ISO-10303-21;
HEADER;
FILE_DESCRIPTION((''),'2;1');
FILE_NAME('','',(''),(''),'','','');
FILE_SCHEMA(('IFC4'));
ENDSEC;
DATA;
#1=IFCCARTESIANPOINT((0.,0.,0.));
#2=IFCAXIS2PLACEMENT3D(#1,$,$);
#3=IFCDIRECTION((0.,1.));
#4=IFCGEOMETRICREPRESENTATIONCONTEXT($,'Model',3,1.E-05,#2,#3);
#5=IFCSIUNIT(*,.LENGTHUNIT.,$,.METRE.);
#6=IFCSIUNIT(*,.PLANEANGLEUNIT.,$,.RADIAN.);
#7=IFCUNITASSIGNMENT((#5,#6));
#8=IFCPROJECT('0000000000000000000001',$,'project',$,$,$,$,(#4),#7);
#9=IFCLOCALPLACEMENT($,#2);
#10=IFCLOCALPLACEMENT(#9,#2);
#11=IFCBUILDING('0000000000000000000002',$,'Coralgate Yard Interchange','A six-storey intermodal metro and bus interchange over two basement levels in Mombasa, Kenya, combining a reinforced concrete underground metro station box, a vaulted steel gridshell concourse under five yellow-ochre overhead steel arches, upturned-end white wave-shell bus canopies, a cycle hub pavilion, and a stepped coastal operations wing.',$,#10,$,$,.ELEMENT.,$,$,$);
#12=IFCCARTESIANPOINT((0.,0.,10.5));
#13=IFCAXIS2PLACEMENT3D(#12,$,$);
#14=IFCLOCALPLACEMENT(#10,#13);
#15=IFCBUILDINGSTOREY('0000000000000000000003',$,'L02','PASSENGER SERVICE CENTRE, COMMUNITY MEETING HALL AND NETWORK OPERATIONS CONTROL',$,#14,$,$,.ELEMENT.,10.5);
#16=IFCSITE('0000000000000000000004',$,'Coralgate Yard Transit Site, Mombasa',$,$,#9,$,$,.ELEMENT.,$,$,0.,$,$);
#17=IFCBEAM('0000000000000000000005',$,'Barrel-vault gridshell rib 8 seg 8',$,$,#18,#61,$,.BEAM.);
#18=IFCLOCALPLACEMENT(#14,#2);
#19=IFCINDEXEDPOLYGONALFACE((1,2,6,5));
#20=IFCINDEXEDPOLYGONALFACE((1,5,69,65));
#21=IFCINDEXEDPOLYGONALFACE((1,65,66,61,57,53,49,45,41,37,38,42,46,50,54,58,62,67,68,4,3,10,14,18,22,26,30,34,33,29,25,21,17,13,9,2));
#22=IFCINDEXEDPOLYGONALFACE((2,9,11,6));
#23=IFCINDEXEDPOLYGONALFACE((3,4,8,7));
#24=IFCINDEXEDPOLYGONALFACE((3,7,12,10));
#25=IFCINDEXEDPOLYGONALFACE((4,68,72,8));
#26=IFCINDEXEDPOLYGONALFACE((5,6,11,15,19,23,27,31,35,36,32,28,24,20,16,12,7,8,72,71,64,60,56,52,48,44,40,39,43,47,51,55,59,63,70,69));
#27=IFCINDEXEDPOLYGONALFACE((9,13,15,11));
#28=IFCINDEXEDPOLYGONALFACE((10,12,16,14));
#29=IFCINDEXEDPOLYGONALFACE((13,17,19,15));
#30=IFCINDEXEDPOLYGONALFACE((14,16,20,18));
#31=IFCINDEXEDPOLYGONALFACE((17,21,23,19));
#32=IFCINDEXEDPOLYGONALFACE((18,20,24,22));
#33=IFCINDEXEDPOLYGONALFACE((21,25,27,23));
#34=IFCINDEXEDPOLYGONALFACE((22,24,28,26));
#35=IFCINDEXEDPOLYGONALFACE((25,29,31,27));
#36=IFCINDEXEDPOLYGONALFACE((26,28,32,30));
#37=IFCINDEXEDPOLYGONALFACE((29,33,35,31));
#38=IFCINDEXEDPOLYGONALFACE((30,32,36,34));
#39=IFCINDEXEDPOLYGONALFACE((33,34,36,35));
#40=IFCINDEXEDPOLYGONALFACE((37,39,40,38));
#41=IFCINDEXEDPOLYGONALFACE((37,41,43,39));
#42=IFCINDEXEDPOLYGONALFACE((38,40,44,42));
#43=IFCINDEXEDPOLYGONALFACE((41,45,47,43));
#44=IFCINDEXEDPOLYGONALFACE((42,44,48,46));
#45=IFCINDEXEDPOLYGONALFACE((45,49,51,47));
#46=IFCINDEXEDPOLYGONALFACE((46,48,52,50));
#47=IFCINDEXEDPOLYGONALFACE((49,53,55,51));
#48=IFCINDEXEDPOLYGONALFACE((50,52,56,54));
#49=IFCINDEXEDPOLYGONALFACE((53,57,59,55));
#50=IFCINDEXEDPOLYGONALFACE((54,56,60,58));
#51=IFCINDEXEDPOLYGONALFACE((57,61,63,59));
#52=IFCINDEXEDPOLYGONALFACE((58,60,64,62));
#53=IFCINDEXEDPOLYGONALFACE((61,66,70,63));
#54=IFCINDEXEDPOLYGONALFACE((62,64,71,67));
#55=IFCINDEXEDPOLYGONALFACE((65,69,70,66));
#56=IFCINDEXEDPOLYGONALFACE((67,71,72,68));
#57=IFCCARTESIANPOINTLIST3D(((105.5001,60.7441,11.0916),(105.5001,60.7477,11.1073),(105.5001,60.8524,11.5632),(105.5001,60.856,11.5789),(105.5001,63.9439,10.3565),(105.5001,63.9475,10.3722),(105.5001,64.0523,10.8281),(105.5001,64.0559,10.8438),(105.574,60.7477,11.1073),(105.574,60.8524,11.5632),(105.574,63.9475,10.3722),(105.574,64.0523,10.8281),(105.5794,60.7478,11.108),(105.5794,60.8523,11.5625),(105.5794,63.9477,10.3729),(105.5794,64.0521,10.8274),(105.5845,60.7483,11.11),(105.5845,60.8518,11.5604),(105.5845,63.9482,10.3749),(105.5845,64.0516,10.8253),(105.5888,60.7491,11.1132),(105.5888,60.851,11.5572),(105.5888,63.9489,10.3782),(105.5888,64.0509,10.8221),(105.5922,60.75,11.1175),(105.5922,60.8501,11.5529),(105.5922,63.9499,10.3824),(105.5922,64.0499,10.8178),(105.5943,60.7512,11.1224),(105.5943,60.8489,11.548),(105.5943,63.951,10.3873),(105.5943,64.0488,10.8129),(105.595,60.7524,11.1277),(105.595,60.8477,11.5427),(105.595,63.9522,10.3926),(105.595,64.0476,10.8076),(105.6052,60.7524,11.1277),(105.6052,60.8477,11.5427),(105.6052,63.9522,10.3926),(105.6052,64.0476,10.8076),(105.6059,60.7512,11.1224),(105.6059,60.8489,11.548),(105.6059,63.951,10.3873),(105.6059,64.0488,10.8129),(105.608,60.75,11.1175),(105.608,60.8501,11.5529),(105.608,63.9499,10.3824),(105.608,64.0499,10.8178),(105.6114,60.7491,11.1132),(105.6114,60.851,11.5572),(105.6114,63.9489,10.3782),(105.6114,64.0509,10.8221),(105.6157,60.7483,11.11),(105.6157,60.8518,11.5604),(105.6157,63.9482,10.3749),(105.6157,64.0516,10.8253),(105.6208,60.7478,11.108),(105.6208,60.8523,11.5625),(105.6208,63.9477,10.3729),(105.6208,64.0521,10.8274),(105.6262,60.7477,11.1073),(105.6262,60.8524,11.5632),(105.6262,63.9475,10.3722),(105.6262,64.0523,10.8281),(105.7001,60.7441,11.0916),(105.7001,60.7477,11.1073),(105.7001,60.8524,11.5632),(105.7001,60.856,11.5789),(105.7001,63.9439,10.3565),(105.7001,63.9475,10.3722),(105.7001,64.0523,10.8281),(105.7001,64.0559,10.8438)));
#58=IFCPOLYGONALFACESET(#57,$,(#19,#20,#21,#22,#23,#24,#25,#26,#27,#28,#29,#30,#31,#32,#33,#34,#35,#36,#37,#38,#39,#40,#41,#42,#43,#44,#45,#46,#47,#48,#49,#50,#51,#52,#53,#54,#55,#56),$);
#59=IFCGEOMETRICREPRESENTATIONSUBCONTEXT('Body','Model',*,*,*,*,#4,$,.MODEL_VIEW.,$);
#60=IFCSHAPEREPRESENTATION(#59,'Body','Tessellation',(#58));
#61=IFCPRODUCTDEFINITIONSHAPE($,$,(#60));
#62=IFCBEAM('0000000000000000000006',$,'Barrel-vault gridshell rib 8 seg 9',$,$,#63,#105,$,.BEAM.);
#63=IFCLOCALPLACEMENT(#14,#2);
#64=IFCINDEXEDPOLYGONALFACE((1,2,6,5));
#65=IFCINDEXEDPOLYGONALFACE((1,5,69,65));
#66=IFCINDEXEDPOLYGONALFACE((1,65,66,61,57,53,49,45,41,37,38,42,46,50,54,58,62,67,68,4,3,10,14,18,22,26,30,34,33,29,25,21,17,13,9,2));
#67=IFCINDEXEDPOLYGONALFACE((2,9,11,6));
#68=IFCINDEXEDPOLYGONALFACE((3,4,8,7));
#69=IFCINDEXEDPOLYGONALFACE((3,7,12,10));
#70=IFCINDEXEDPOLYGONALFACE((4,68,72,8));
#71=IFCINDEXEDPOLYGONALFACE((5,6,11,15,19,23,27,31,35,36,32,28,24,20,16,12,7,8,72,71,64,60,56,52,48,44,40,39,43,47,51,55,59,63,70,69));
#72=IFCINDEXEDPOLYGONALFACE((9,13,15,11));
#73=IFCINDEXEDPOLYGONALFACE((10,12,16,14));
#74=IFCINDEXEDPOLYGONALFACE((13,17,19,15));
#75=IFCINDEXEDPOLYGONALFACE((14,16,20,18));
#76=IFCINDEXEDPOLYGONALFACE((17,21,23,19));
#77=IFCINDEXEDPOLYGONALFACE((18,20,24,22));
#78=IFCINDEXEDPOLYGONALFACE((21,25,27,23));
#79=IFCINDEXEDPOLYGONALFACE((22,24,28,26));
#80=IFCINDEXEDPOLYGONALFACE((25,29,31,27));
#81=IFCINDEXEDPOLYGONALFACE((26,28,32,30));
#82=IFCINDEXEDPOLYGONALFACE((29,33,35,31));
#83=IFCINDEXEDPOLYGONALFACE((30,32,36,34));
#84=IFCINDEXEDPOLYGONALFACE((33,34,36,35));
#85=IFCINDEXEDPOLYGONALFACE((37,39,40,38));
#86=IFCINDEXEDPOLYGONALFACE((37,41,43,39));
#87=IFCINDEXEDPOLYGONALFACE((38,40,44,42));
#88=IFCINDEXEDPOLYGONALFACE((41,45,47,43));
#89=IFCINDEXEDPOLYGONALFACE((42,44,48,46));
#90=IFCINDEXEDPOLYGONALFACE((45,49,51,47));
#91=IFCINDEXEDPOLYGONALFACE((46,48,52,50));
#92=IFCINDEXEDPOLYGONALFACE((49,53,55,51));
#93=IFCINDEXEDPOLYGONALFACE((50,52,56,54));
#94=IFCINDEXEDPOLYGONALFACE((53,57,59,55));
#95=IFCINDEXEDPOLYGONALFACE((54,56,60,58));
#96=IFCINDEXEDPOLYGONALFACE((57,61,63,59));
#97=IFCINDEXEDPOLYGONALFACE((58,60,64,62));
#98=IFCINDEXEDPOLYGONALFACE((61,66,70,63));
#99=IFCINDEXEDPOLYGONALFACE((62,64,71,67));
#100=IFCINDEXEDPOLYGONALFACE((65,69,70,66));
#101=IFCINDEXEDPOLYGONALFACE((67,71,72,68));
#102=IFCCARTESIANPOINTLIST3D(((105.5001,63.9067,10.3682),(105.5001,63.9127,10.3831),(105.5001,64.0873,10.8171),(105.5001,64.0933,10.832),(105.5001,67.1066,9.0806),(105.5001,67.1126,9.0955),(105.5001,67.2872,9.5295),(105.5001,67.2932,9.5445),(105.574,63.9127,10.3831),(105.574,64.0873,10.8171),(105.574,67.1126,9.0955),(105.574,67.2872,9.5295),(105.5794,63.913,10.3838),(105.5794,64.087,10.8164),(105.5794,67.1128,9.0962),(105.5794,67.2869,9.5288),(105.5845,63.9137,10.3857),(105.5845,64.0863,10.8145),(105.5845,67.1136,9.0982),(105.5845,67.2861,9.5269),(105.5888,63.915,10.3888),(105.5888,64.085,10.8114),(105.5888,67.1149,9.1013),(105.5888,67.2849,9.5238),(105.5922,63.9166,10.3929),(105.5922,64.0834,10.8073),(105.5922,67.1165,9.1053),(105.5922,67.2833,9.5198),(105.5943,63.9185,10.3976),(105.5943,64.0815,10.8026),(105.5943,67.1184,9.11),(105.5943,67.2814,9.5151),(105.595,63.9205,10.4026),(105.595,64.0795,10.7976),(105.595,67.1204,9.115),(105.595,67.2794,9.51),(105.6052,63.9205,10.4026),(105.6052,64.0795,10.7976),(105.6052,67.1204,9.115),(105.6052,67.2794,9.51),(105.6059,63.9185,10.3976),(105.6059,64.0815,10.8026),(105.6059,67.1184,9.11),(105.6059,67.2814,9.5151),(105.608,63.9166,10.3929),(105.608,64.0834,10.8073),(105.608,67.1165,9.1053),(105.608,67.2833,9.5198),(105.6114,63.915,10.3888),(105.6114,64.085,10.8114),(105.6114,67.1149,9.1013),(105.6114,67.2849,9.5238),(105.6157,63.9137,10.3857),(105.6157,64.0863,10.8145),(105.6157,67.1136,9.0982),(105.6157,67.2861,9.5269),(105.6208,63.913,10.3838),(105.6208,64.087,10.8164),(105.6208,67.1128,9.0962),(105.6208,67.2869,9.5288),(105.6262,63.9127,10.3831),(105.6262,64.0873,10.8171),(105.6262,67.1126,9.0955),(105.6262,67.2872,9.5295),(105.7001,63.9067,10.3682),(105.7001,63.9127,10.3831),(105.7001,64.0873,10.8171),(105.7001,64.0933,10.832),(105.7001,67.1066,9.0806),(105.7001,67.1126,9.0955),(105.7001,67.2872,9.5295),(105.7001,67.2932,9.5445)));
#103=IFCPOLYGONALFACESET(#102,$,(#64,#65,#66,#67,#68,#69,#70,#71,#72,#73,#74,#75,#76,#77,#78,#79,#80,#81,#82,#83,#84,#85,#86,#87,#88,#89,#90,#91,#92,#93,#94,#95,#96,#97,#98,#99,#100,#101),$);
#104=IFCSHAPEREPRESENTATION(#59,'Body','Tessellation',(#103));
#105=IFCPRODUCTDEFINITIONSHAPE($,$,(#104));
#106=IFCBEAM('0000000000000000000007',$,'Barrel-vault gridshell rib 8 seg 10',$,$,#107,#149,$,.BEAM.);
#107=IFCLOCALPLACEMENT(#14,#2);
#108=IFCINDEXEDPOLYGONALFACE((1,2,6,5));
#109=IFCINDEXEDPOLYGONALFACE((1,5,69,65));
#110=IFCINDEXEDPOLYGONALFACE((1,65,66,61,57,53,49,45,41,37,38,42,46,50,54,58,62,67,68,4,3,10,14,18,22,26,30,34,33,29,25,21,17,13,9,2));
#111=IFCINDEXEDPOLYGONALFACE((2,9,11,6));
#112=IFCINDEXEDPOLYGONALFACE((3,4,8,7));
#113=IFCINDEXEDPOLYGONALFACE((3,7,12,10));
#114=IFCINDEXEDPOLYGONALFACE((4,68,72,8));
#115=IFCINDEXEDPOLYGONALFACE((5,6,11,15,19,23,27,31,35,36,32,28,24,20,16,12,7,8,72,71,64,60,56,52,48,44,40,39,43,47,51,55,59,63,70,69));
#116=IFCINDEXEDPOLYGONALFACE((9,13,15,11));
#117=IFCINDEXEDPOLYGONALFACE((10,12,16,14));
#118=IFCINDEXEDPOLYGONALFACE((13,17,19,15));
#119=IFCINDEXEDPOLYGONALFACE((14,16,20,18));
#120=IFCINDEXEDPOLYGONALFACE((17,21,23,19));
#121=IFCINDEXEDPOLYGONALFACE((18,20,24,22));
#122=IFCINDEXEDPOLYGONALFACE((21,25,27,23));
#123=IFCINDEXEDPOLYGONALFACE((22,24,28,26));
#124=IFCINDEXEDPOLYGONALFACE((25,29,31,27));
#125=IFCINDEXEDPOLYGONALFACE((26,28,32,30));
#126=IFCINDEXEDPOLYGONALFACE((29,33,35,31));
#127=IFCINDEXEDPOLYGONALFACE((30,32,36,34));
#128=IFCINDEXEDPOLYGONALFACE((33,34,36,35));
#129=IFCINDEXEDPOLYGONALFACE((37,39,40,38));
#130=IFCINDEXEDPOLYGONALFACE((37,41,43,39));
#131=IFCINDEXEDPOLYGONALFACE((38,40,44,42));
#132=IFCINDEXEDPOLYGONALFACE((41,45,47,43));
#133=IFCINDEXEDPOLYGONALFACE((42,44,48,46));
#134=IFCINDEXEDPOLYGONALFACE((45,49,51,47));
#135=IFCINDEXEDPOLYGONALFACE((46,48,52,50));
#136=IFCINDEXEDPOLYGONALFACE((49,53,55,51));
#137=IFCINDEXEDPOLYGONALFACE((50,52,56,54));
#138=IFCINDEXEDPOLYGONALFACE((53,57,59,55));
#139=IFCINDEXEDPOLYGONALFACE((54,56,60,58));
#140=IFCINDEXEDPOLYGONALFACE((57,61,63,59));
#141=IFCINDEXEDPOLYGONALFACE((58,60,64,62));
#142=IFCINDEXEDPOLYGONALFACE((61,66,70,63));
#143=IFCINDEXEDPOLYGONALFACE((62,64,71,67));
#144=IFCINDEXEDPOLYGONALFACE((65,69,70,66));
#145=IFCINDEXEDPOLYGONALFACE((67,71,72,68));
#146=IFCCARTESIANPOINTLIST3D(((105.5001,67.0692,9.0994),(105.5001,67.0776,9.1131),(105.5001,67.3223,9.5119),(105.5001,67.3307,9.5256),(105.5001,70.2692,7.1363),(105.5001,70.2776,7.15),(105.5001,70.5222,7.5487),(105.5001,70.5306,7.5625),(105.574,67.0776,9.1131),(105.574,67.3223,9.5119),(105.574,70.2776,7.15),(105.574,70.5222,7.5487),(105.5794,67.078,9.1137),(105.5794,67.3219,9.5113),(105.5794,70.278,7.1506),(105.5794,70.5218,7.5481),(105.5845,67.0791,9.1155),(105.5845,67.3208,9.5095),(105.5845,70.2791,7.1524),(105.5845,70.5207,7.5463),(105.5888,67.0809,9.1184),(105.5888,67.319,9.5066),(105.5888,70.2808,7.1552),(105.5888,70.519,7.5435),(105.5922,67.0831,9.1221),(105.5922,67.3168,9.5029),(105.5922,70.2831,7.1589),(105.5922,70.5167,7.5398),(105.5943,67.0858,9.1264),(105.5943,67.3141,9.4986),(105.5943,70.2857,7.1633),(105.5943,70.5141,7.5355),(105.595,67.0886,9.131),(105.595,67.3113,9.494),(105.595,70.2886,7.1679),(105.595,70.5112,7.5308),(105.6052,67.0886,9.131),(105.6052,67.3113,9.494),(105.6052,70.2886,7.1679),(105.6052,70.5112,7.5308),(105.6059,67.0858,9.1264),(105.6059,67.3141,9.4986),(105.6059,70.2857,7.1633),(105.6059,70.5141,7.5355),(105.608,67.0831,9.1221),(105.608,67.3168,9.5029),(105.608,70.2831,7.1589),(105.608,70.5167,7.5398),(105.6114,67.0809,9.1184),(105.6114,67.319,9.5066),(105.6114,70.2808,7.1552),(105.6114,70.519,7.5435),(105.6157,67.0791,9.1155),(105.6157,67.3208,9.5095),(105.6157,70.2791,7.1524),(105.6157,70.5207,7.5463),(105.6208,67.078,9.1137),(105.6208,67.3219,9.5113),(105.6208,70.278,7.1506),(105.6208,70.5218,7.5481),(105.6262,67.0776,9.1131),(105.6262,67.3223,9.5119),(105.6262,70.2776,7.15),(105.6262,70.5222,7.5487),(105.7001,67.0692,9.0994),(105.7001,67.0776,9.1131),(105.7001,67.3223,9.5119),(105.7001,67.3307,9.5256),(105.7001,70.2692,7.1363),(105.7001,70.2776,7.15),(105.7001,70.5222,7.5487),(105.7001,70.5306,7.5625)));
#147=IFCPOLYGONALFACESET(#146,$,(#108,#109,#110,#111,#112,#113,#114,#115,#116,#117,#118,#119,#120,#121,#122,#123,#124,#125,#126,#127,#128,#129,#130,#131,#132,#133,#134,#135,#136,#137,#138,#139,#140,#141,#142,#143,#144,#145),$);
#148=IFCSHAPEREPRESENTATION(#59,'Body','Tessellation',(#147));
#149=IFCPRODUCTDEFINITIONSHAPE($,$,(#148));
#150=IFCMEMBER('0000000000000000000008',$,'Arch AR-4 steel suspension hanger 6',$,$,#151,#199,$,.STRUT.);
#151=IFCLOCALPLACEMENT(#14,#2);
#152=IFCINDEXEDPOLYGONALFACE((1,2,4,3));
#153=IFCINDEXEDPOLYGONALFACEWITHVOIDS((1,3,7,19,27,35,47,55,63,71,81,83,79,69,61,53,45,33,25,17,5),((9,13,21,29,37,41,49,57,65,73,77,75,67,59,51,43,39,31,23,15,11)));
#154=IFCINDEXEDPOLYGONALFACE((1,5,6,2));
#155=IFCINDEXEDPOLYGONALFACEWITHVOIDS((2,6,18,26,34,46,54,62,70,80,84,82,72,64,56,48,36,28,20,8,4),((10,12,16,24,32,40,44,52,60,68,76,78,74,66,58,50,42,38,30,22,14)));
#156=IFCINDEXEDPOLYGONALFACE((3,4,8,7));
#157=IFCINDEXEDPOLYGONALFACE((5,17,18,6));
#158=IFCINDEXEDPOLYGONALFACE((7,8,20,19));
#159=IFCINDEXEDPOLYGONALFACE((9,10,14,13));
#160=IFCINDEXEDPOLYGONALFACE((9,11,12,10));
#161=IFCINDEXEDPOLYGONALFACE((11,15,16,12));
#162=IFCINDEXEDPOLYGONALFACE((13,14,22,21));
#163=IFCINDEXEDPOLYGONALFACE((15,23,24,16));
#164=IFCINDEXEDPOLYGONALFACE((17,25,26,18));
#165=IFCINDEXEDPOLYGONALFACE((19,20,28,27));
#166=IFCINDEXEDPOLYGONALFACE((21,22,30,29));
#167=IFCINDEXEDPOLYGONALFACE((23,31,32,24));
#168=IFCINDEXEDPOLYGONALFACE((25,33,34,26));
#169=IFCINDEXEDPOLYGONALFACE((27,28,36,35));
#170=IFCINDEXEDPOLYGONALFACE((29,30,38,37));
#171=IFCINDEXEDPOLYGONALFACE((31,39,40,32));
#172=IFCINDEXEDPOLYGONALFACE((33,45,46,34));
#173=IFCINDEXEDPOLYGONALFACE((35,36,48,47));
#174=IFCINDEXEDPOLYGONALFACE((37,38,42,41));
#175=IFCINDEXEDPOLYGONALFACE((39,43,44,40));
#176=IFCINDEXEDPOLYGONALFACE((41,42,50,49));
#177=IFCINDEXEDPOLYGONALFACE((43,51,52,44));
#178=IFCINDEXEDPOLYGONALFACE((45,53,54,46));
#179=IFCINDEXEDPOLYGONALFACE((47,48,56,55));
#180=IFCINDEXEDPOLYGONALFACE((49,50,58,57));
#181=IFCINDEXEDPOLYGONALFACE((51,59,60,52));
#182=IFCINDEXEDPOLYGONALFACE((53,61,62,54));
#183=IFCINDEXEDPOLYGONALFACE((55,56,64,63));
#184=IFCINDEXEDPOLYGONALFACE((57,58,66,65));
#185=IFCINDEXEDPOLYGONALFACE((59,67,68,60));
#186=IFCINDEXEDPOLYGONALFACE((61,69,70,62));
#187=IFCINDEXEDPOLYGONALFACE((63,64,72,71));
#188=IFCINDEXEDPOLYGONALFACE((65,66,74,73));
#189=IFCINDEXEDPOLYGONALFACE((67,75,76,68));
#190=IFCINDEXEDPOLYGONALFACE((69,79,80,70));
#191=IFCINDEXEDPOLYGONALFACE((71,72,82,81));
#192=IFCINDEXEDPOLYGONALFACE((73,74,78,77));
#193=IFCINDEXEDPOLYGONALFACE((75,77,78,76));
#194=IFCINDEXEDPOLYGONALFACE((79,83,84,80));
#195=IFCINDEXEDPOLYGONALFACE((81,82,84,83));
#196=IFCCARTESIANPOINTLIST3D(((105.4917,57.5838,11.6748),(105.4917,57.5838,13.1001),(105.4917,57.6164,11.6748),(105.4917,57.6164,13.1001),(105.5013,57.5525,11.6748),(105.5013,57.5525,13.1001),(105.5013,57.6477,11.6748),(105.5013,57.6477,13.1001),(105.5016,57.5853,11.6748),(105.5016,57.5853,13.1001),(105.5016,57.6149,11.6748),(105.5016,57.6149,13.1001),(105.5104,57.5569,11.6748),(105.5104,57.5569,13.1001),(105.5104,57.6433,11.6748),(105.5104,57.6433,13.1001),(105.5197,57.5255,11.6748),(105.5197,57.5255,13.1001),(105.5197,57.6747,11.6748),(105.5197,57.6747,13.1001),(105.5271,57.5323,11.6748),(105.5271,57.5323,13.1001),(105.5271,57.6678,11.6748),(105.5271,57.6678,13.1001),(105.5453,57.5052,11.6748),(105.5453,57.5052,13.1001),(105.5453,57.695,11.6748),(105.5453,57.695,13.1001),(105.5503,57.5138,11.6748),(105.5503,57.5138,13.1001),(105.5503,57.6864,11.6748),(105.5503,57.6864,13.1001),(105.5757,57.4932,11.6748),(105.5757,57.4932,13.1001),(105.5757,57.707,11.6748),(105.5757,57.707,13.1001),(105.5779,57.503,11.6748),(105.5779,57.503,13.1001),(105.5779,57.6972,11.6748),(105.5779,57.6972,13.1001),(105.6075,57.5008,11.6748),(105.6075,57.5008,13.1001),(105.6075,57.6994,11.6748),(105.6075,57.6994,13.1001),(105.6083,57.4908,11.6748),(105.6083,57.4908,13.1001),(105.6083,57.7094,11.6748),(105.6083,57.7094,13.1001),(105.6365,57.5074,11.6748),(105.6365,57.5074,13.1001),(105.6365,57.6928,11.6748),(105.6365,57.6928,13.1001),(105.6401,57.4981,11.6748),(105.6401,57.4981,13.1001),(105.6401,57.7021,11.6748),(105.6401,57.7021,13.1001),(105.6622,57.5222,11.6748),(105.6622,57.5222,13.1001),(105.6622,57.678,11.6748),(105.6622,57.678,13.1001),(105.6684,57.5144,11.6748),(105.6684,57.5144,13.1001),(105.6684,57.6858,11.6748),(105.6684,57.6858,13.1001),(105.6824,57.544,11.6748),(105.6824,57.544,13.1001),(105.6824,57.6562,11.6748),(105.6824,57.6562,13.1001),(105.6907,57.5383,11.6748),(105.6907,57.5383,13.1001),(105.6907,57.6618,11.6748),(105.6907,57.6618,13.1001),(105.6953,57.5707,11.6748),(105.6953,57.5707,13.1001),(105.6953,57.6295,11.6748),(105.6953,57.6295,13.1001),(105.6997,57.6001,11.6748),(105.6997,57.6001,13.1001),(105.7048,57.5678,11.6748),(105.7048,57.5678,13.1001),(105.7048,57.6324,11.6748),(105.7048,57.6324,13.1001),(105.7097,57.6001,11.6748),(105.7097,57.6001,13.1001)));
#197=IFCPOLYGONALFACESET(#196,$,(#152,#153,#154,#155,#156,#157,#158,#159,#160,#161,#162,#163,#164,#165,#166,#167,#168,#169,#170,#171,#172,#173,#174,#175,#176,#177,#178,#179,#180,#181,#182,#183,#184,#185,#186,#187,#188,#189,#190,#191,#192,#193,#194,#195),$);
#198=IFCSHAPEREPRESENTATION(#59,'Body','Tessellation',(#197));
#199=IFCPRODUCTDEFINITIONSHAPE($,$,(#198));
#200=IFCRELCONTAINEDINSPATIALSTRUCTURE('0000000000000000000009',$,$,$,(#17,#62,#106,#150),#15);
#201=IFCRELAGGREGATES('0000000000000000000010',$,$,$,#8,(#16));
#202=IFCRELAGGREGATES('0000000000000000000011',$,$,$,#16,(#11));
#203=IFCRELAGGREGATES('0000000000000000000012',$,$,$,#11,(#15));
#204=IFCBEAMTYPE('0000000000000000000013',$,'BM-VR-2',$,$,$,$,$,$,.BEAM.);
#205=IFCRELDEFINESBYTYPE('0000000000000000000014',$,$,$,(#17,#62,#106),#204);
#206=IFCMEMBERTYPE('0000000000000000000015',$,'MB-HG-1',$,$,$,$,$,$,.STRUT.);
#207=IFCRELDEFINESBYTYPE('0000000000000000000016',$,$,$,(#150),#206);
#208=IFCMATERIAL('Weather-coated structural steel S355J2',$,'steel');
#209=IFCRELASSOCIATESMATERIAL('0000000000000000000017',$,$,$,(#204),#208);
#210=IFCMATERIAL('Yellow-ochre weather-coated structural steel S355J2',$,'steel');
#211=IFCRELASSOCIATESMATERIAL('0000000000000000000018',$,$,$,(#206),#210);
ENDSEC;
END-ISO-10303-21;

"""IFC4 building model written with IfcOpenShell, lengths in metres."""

from ifc_helpers import new_model, si_unit, direction, frame, origin, origin_2d, place, context, subcontext, project, spatial, hollow_circle, i_section, extrude, material, material_profile, profile_set, type_object, element, save


model = new_model("IFC4")

# Units and contexts
model_context = context("Model", 3, precision=1e-05, world=origin(), true_north=direction((0.0, 1.0)))
body_context = subcontext(model_context, "Body", "Model", "MODEL_VIEW")
ifc_project = project(units=[si_unit("LENGTHUNIT", "METRE"), si_unit("PLANEANGLEUNIT", "RADIAN")], contexts=[model_context])

# Site, building, storey
site_placement = place(None, origin())
site = spatial("IfcSite", under=ifc_project, at=site_placement, Name="Coralgate Yard Transit Site, Mombasa", CompositionType="ELEMENT", RefElevation=0.0)
building_placement = place(site_placement, origin())
building = spatial("IfcBuilding", under=site, at=building_placement, Name="Coralgate Yard Interchange", Description="A six-storey intermodal metro and bus interchange over two basement levels in Mombasa, Kenya, combining a reinforced concrete underground metro station box, a vaulted steel gridshell concourse under five yellow-ochre overhead steel arches, upturned-end white wave-shell bus canopies, a cycle hub pavilion, and a stepped coastal operations wing.", CompositionType="ELEMENT")
storey_placement = place(building_placement, frame((0.0, 0.0, 10.5)))
storey = spatial("IfcBuildingStorey", under=building, at=storey_placement, Name="L02", Description="PASSENGER SERVICE CENTRE, COMMUNITY MEETING HALL AND NETWORK OPERATIONS CONTROL", CompositionType="ELEMENT", Elevation=10.5)

# Beams
ifc_material_1 = material(Name="Yellow-ochre weather-coated structural steel S355J2", Category="steel")
ifc_material_2 = material(Name="Weather-coated structural steel S355J2", Category="steel")
ifc_material_profile_1 = material_profile(ifc_material_2, i_section(OverallWidth=0.2, OverallDepth=0.5, WebThickness=0.0103, FlangeThickness=0.0161, FilletRadius=0.021, at=origin_2d()), Name="IPE 500")
ifc_profile_set_1 = profile_set([ifc_material_profile_1], Name="Weather-coated structural steel S355J2")
beam_type_1 = type_object("IfcBeamType", Name="BM-VR-2", PredefinedType="BEAM", material=ifc_profile_set_1)
beam_1_placement = place(storey_placement, frame((105.6001, 60.8, 11.3352), z_axis=(0.0, 0.974614, -0.223893), x_axis=(-1.0, 0.0, 0.0)))
element("IfcBeam", 1, at=beam_1_placement, inside=storey, type_object=beam_type_1, Name="Barrel-vault gridshell rib 8 seg 8", PredefinedType="BEAM", context=body_context, shape_type="SweptSolid", body=[
    extrude(i_section(OverallWidth=0.2, OverallDepth=0.5, WebThickness=0.0103, FlangeThickness=0.0161, FilletRadius=0.021, at=origin_2d()), origin(), (0.0, 0.0, 1.0), 3.2832),
])
beam_2_placement = place(storey_placement, frame((105.6001, 64.0, 10.6001), z_axis=(0.0, 0.927713, -0.373294), x_axis=(-1.0, 0.0, 0.0)))
element("IfcBeam", 2, at=beam_2_placement, inside=storey, type_object=beam_type_1, Name="Barrel-vault gridshell rib 8 seg 9", PredefinedType="BEAM", context=body_context, shape_type="SweptSolid", body=[
    extrude(i_section(OverallWidth=0.2, OverallDepth=0.5, WebThickness=0.0103, FlangeThickness=0.0161, FilletRadius=0.021, at=origin_2d()), origin(), (0.0, 0.0, 1.0), 3.4492),
])
beam_3_placement = place(storey_placement, frame((105.6001, 67.2, 9.3125), z_axis=(0.0, 0.852379, -0.522925), x_axis=(-1.0, 0.0, 0.0)))
element("IfcBeam", 3, at=beam_3_placement, inside=storey, type_object=beam_type_1, Name="Barrel-vault gridshell rib 8 seg 10", PredefinedType="BEAM", context=body_context, shape_type="SweptSolid", body=[
    extrude(i_section(OverallWidth=0.2, OverallDepth=0.5, WebThickness=0.0103, FlangeThickness=0.0161, FilletRadius=0.021, at=origin_2d()), origin(), (0.0, 0.0, 1.0), 3.7542),
])

# Member
ifc_material_profile_2 = material_profile(ifc_material_1, hollow_circle(Radius=0.1096, WallThickness=0.01, at=origin_2d()), Name="CHS 219.1x10")
ifc_profile_set_2 = profile_set([ifc_material_profile_2], Name="Yellow-ochre weather-coated structural steel S355J2")
member_type_1 = type_object("IfcMemberType", Name="MB-HG-1", PredefinedType="STRUT", material=ifc_profile_set_2)
member_1_placement = place(storey_placement, frame((105.6001, 57.6001, 11.6748), z_axis=(0.0, 0.0, 1.0), x_axis=(1.0, 0.0, 0.0)))
element("IfcMember", 4, at=member_1_placement, inside=storey, type_object=member_type_1, Name="Arch AR-4 steel suspension hanger 6", PredefinedType="STRUT", context=body_context, shape_type="SweptSolid", body=[
    extrude(hollow_circle(Radius=0.1096, WallThickness=0.01, at=origin_2d()), origin(), (0.0, 0.0, 1.0), 1.4253),
])

save(model, "model.ifc")
